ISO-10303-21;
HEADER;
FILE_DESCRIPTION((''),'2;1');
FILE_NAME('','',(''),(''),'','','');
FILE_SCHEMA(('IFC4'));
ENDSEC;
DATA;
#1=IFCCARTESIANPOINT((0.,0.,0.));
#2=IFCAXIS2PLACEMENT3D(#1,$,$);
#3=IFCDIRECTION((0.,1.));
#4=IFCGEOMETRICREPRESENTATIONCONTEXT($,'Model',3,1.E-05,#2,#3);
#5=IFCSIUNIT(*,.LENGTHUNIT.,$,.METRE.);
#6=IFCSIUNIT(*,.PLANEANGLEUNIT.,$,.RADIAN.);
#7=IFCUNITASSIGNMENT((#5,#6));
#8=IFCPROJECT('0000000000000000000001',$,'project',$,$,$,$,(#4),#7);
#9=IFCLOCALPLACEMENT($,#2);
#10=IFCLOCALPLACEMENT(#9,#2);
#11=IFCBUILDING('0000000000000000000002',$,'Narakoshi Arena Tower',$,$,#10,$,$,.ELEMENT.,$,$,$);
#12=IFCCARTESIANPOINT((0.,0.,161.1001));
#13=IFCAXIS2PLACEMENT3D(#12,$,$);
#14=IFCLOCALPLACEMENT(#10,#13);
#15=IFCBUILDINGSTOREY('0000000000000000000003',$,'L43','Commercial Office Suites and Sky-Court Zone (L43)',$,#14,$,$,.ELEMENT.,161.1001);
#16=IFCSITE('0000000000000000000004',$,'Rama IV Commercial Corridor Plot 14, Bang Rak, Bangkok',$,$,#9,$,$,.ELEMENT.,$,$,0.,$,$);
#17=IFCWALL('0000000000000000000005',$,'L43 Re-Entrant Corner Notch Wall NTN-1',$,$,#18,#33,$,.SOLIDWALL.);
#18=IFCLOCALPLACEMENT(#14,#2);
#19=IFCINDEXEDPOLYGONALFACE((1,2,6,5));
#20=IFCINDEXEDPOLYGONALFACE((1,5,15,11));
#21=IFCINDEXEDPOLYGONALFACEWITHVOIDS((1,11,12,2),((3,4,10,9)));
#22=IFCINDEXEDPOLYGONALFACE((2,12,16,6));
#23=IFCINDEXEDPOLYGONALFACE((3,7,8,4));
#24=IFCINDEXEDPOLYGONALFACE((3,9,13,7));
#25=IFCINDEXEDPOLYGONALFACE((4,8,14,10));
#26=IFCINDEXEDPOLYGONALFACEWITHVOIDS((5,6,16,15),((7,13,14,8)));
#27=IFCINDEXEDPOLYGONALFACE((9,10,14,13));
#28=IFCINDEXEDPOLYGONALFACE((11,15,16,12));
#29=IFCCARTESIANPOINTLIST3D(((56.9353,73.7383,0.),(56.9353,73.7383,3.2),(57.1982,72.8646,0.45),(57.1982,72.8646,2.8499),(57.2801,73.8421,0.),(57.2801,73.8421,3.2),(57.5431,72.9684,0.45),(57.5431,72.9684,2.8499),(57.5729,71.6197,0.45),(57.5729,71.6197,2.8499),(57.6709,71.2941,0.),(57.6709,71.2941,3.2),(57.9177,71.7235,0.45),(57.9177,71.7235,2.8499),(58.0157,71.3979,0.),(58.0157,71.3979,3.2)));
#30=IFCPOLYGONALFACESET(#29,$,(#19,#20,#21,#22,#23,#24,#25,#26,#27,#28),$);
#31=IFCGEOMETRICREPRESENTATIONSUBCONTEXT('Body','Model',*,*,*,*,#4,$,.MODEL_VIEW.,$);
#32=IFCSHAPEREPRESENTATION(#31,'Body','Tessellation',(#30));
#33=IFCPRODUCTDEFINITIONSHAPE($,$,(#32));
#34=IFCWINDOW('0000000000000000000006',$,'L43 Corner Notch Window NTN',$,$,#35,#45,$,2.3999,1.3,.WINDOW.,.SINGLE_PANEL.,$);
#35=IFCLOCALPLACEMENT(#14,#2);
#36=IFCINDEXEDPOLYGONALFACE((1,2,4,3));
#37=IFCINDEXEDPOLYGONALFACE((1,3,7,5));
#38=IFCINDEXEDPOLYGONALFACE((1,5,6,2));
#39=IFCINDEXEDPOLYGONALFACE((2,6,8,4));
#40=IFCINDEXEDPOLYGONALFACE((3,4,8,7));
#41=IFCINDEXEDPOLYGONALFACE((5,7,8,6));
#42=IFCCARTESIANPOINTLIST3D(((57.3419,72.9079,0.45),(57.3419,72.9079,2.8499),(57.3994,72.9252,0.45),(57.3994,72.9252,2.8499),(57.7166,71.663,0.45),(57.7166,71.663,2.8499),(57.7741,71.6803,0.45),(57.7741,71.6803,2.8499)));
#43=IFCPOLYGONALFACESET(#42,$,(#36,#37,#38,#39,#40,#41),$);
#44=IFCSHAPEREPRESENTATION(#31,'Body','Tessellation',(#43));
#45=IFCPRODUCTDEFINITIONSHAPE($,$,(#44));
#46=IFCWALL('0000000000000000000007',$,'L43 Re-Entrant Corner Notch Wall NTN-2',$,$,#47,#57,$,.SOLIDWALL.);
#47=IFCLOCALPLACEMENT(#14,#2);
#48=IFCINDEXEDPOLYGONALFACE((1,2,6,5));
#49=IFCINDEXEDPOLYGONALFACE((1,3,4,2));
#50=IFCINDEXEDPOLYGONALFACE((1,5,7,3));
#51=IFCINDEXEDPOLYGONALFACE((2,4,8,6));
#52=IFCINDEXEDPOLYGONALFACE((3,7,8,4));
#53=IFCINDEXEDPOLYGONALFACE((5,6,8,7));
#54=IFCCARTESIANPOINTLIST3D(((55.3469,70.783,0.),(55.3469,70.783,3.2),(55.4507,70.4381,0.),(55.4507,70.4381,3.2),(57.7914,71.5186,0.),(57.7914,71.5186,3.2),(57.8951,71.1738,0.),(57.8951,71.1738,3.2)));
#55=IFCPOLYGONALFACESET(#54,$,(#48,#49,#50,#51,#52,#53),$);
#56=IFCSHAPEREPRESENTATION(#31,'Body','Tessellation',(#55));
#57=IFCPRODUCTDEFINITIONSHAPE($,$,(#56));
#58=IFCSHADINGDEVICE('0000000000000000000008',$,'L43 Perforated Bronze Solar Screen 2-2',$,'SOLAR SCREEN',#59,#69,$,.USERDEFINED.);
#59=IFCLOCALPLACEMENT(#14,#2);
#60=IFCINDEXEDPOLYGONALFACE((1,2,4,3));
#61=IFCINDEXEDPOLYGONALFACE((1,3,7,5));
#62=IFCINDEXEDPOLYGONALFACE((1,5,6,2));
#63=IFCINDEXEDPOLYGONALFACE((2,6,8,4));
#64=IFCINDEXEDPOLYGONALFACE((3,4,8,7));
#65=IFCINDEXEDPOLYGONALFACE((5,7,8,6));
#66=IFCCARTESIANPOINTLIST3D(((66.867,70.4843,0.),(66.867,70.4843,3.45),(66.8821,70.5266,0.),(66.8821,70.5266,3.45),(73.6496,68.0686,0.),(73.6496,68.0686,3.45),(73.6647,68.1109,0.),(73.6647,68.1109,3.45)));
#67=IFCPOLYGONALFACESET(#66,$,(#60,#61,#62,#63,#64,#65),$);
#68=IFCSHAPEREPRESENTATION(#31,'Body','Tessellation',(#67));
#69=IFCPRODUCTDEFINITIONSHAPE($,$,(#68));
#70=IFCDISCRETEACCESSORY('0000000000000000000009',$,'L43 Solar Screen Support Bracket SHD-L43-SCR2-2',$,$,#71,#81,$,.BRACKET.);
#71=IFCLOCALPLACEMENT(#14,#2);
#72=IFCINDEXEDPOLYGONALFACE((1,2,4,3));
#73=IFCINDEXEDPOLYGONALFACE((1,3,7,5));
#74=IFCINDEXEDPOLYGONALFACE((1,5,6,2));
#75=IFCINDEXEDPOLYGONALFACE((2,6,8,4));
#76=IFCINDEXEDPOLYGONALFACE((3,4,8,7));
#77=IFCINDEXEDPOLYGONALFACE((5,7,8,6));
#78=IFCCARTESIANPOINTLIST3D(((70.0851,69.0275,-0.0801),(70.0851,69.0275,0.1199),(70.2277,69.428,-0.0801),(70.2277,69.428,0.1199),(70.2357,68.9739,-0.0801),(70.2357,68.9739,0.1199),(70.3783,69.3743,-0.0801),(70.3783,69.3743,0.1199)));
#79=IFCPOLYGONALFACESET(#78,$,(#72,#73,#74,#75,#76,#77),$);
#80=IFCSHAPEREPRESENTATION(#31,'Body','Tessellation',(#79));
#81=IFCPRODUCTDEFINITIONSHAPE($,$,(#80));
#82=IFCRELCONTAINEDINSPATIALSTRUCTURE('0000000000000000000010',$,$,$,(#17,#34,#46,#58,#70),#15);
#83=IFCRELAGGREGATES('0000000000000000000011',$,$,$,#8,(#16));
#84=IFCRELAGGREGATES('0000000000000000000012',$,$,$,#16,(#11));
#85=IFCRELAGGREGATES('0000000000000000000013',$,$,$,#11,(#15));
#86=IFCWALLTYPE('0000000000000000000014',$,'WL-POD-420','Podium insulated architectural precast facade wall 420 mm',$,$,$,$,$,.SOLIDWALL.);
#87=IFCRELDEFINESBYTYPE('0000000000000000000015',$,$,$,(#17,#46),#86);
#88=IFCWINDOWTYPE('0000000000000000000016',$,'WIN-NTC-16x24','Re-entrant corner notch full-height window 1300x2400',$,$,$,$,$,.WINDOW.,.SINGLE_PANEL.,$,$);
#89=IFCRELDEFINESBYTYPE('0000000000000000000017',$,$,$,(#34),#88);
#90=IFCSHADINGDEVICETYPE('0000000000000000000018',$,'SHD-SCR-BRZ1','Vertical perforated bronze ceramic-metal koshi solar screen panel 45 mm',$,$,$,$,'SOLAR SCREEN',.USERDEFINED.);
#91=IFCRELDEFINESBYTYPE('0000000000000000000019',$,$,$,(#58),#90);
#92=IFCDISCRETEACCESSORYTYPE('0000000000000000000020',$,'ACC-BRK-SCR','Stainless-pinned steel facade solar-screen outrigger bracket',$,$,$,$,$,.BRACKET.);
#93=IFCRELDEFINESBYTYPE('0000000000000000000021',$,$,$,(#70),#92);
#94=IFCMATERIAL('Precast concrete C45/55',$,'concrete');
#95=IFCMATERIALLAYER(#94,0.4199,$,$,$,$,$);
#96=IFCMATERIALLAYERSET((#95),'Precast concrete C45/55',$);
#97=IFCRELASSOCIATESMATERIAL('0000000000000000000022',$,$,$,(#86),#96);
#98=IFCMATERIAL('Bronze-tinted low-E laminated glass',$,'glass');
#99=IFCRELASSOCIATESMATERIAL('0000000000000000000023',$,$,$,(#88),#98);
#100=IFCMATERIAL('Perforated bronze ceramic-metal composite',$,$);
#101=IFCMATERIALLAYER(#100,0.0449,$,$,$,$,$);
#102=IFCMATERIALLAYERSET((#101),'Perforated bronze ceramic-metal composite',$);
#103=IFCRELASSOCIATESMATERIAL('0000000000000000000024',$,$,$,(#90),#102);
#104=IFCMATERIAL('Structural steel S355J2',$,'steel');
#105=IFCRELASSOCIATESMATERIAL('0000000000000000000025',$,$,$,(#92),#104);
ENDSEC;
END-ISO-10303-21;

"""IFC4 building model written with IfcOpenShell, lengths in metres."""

from ifc_helpers import new_model, si_unit, direction, frame, frame_2d, origin, origin_2d, place, context, subcontext, project, spatial, rectangle, extrude, material, layer, layer_set, type_object, element, fill, save


model = new_model("IFC4")

# Units and contexts
model_context = context("Model", 3, precision=1e-05, world=origin(), true_north=direction((0.0, 1.0)))
body_context = subcontext(model_context, "Body", "Model", "MODEL_VIEW")
ifc_project = project(units=[si_unit("LENGTHUNIT", "METRE"), si_unit("PLANEANGLEUNIT", "RADIAN")], contexts=[model_context])

# Site, building, storey
site_placement = place(None, origin())
site = spatial("IfcSite", under=ifc_project, at=site_placement, Name="Rama IV Commercial Corridor Plot 14, Bang Rak, Bangkok", CompositionType="ELEMENT", RefElevation=0.0)
building_placement = place(site_placement, origin())
building = spatial("IfcBuilding", under=site, at=building_placement, Name="Narakoshi Arena Tower", CompositionType="ELEMENT")
storey_placement = place(building_placement, frame((0.0, 0.0, 161.1001)))
storey = spatial("IfcBuildingStorey", under=building, at=storey_placement, Name="L43", Description="Commercial Office Suites and Sky-Court Zone (L43)", CompositionType="ELEMENT", Elevation=161.1001)

# Shared definitions
ifc_material_1 = material(Name="Bronze-tinted low-E laminated glass", Category="glass")

# Shared definitions
ifc_material_2 = material(Name="Precast concrete C45/55", Category="concrete")

# Wall, opening, window
ifc_layer_1 = layer(ifc_material_2, 0.4199)
ifc_layer_set_1 = layer_set([ifc_layer_1], Name="Precast concrete C45/55")
wall_type_1 = type_object("IfcWallType", Name="WL-POD-420", Description="Podium insulated architectural precast facade wall 420 mm", PredefinedType="SOLIDWALL", material=ifc_layer_set_1)
wall_1_placement = place(storey_placement, frame((57.1077, 73.7903, 0.0), z_axis=(0.0, 0.0, 1.0), x_axis=(0.288199, -0.957571, 0.0)))
wall_1 = element("IfcWall", 1, at=wall_1_placement, inside=storey, type_object=wall_type_1, Name="L43 Re-Entrant Corner Notch Wall NTN-1", PredefinedType="SOLIDWALL", context=body_context, shape_type="SweptSolid", body=[
    extrude(rectangle(XDim=2.5525, YDim=0.3601, at=frame_2d((1.2764, 0.0))), origin(), (0.0, 0.0, 1.0), 3.2),
])
opening_1_placement = place(wall_1_placement, frame((0.9126, 0.0, 0.45)))
opening_1 = element("IfcOpeningElement", 2, at=opening_1_placement, cuts=wall_1, PredefinedType="OPENING", context=body_context, shape_type="SweptSolid", body=[
    extrude(rectangle(XDim=1.3, YDim=2.3999, at=frame_2d((0.6499, 1.2))), frame((0.0, 0.1899, 0.0), z_axis=(0.0, -1.0, 0.0), x_axis=(1.0, 0.0, 0.0)), (0.0, 0.0, 1.0), 0.3801),
])
window_type_1 = type_object("IfcWindowType", Name="WIN-NTC-16x24", Description="Re-entrant corner notch full-height window 1300x2400", PartitioningType="SINGLE_PANEL", PredefinedType="WINDOW", material=ifc_material_1)
window_1_placement = place(opening_1_placement, origin())
window_1 = element("IfcWindow", 3, at=window_1_placement, inside=storey, type_object=window_type_1, Name="L43 Corner Notch Window NTN", OverallHeight=2.3999, OverallWidth=1.3, PartitioningType="SINGLE_PANEL", PredefinedType="WINDOW", context=body_context, shape_type="SweptSolid", body=[
    extrude(rectangle(XDim=1.3, YDim=2.3999, at=frame_2d((0.6499, 1.2))), frame((0.0, 0.03, 0.0), z_axis=(0.0, -1.0, 0.0), x_axis=(1.0, 0.0, 0.0)), (0.0, 0.0, 1.0), 0.0601),
])
fill(opening_1, window_1)

# Wall
wall_2_placement = place(storey_placement, frame((57.8433, 71.3462, 0.0), z_axis=(0.0, 0.0, 1.0), x_axis=(-0.957578, -0.288173, 0.0)))
element("IfcWall", 4, at=wall_2_placement, inside=storey, type_object=wall_type_1, Name="L43 Re-Entrant Corner Notch Wall NTN-2", PredefinedType="SOLIDWALL", context=body_context, shape_type="SweptSolid", body=[
    extrude(rectangle(XDim=2.5527, YDim=0.3601, at=frame_2d((1.2764, 0.0))), origin(), (0.0, 0.0, 1.0), 3.2),
])

# Shading device
ifc_material_3 = material(Name="Perforated bronze ceramic-metal composite")
ifc_layer_2 = layer(ifc_material_3, 0.0449)
ifc_layer_set_2 = layer_set([ifc_layer_2], Name="Perforated bronze ceramic-metal composite")
shading_device_type = type_object("IfcShadingDeviceType", Name="SHD-SCR-BRZ1", Description="Vertical perforated bronze ceramic-metal koshi solar screen panel 45 mm", ElementType="SOLAR SCREEN", PredefinedType="USERDEFINED", material=ifc_layer_set_2)
shading_device_placement = place(storey_placement, frame((70.2659, 69.2976, 0.0), z_axis=(0.0, 0.0, 1.0), x_axis=(-0.942034, 0.335517, 0.0)))
element("IfcShadingDevice", 5, at=shading_device_placement, inside=storey, type_object=shading_device_type, Name="L43 Perforated Bronze Solar Screen 2-2", ObjectType="SOLAR SCREEN", PredefinedType="USERDEFINED", context=body_context, shape_type="SweptSolid", body=[
    extrude(rectangle(XDim=7.2, YDim=0.0449, at=origin_2d()), origin(), (0.0, 0.0, 1.0), 3.45),
])

# Discrete accessory
ifc_material_4 = material(Name="Structural steel S355J2", Category="steel")
discrete_accessory_type = type_object("IfcDiscreteAccessoryType", Name="ACC-BRK-SCR", Description="Stainless-pinned steel facade solar-screen outrigger bracket", PredefinedType="BRACKET", material=ifc_material_4)
discrete_accessory_placement = place(storey_placement, frame((70.2317, 69.2009, -0.0801), z_axis=(0.0, 0.0, 1.0), x_axis=(-0.942034, 0.335517, 0.0)))
element("IfcDiscreteAccessory", 6, at=discrete_accessory_placement, inside=storey, type_object=discrete_accessory_type, Name="L43 Solar Screen Support Bracket SHD-L43-SCR2-2", PredefinedType="BRACKET", context=body_context, shape_type="SweptSolid", body=[
    extrude(rectangle(XDim=0.1599, YDim=0.425, at=origin_2d()), origin(), (0.0, 0.0, 1.0), 0.2),
])

save(model, "model.ifc")
